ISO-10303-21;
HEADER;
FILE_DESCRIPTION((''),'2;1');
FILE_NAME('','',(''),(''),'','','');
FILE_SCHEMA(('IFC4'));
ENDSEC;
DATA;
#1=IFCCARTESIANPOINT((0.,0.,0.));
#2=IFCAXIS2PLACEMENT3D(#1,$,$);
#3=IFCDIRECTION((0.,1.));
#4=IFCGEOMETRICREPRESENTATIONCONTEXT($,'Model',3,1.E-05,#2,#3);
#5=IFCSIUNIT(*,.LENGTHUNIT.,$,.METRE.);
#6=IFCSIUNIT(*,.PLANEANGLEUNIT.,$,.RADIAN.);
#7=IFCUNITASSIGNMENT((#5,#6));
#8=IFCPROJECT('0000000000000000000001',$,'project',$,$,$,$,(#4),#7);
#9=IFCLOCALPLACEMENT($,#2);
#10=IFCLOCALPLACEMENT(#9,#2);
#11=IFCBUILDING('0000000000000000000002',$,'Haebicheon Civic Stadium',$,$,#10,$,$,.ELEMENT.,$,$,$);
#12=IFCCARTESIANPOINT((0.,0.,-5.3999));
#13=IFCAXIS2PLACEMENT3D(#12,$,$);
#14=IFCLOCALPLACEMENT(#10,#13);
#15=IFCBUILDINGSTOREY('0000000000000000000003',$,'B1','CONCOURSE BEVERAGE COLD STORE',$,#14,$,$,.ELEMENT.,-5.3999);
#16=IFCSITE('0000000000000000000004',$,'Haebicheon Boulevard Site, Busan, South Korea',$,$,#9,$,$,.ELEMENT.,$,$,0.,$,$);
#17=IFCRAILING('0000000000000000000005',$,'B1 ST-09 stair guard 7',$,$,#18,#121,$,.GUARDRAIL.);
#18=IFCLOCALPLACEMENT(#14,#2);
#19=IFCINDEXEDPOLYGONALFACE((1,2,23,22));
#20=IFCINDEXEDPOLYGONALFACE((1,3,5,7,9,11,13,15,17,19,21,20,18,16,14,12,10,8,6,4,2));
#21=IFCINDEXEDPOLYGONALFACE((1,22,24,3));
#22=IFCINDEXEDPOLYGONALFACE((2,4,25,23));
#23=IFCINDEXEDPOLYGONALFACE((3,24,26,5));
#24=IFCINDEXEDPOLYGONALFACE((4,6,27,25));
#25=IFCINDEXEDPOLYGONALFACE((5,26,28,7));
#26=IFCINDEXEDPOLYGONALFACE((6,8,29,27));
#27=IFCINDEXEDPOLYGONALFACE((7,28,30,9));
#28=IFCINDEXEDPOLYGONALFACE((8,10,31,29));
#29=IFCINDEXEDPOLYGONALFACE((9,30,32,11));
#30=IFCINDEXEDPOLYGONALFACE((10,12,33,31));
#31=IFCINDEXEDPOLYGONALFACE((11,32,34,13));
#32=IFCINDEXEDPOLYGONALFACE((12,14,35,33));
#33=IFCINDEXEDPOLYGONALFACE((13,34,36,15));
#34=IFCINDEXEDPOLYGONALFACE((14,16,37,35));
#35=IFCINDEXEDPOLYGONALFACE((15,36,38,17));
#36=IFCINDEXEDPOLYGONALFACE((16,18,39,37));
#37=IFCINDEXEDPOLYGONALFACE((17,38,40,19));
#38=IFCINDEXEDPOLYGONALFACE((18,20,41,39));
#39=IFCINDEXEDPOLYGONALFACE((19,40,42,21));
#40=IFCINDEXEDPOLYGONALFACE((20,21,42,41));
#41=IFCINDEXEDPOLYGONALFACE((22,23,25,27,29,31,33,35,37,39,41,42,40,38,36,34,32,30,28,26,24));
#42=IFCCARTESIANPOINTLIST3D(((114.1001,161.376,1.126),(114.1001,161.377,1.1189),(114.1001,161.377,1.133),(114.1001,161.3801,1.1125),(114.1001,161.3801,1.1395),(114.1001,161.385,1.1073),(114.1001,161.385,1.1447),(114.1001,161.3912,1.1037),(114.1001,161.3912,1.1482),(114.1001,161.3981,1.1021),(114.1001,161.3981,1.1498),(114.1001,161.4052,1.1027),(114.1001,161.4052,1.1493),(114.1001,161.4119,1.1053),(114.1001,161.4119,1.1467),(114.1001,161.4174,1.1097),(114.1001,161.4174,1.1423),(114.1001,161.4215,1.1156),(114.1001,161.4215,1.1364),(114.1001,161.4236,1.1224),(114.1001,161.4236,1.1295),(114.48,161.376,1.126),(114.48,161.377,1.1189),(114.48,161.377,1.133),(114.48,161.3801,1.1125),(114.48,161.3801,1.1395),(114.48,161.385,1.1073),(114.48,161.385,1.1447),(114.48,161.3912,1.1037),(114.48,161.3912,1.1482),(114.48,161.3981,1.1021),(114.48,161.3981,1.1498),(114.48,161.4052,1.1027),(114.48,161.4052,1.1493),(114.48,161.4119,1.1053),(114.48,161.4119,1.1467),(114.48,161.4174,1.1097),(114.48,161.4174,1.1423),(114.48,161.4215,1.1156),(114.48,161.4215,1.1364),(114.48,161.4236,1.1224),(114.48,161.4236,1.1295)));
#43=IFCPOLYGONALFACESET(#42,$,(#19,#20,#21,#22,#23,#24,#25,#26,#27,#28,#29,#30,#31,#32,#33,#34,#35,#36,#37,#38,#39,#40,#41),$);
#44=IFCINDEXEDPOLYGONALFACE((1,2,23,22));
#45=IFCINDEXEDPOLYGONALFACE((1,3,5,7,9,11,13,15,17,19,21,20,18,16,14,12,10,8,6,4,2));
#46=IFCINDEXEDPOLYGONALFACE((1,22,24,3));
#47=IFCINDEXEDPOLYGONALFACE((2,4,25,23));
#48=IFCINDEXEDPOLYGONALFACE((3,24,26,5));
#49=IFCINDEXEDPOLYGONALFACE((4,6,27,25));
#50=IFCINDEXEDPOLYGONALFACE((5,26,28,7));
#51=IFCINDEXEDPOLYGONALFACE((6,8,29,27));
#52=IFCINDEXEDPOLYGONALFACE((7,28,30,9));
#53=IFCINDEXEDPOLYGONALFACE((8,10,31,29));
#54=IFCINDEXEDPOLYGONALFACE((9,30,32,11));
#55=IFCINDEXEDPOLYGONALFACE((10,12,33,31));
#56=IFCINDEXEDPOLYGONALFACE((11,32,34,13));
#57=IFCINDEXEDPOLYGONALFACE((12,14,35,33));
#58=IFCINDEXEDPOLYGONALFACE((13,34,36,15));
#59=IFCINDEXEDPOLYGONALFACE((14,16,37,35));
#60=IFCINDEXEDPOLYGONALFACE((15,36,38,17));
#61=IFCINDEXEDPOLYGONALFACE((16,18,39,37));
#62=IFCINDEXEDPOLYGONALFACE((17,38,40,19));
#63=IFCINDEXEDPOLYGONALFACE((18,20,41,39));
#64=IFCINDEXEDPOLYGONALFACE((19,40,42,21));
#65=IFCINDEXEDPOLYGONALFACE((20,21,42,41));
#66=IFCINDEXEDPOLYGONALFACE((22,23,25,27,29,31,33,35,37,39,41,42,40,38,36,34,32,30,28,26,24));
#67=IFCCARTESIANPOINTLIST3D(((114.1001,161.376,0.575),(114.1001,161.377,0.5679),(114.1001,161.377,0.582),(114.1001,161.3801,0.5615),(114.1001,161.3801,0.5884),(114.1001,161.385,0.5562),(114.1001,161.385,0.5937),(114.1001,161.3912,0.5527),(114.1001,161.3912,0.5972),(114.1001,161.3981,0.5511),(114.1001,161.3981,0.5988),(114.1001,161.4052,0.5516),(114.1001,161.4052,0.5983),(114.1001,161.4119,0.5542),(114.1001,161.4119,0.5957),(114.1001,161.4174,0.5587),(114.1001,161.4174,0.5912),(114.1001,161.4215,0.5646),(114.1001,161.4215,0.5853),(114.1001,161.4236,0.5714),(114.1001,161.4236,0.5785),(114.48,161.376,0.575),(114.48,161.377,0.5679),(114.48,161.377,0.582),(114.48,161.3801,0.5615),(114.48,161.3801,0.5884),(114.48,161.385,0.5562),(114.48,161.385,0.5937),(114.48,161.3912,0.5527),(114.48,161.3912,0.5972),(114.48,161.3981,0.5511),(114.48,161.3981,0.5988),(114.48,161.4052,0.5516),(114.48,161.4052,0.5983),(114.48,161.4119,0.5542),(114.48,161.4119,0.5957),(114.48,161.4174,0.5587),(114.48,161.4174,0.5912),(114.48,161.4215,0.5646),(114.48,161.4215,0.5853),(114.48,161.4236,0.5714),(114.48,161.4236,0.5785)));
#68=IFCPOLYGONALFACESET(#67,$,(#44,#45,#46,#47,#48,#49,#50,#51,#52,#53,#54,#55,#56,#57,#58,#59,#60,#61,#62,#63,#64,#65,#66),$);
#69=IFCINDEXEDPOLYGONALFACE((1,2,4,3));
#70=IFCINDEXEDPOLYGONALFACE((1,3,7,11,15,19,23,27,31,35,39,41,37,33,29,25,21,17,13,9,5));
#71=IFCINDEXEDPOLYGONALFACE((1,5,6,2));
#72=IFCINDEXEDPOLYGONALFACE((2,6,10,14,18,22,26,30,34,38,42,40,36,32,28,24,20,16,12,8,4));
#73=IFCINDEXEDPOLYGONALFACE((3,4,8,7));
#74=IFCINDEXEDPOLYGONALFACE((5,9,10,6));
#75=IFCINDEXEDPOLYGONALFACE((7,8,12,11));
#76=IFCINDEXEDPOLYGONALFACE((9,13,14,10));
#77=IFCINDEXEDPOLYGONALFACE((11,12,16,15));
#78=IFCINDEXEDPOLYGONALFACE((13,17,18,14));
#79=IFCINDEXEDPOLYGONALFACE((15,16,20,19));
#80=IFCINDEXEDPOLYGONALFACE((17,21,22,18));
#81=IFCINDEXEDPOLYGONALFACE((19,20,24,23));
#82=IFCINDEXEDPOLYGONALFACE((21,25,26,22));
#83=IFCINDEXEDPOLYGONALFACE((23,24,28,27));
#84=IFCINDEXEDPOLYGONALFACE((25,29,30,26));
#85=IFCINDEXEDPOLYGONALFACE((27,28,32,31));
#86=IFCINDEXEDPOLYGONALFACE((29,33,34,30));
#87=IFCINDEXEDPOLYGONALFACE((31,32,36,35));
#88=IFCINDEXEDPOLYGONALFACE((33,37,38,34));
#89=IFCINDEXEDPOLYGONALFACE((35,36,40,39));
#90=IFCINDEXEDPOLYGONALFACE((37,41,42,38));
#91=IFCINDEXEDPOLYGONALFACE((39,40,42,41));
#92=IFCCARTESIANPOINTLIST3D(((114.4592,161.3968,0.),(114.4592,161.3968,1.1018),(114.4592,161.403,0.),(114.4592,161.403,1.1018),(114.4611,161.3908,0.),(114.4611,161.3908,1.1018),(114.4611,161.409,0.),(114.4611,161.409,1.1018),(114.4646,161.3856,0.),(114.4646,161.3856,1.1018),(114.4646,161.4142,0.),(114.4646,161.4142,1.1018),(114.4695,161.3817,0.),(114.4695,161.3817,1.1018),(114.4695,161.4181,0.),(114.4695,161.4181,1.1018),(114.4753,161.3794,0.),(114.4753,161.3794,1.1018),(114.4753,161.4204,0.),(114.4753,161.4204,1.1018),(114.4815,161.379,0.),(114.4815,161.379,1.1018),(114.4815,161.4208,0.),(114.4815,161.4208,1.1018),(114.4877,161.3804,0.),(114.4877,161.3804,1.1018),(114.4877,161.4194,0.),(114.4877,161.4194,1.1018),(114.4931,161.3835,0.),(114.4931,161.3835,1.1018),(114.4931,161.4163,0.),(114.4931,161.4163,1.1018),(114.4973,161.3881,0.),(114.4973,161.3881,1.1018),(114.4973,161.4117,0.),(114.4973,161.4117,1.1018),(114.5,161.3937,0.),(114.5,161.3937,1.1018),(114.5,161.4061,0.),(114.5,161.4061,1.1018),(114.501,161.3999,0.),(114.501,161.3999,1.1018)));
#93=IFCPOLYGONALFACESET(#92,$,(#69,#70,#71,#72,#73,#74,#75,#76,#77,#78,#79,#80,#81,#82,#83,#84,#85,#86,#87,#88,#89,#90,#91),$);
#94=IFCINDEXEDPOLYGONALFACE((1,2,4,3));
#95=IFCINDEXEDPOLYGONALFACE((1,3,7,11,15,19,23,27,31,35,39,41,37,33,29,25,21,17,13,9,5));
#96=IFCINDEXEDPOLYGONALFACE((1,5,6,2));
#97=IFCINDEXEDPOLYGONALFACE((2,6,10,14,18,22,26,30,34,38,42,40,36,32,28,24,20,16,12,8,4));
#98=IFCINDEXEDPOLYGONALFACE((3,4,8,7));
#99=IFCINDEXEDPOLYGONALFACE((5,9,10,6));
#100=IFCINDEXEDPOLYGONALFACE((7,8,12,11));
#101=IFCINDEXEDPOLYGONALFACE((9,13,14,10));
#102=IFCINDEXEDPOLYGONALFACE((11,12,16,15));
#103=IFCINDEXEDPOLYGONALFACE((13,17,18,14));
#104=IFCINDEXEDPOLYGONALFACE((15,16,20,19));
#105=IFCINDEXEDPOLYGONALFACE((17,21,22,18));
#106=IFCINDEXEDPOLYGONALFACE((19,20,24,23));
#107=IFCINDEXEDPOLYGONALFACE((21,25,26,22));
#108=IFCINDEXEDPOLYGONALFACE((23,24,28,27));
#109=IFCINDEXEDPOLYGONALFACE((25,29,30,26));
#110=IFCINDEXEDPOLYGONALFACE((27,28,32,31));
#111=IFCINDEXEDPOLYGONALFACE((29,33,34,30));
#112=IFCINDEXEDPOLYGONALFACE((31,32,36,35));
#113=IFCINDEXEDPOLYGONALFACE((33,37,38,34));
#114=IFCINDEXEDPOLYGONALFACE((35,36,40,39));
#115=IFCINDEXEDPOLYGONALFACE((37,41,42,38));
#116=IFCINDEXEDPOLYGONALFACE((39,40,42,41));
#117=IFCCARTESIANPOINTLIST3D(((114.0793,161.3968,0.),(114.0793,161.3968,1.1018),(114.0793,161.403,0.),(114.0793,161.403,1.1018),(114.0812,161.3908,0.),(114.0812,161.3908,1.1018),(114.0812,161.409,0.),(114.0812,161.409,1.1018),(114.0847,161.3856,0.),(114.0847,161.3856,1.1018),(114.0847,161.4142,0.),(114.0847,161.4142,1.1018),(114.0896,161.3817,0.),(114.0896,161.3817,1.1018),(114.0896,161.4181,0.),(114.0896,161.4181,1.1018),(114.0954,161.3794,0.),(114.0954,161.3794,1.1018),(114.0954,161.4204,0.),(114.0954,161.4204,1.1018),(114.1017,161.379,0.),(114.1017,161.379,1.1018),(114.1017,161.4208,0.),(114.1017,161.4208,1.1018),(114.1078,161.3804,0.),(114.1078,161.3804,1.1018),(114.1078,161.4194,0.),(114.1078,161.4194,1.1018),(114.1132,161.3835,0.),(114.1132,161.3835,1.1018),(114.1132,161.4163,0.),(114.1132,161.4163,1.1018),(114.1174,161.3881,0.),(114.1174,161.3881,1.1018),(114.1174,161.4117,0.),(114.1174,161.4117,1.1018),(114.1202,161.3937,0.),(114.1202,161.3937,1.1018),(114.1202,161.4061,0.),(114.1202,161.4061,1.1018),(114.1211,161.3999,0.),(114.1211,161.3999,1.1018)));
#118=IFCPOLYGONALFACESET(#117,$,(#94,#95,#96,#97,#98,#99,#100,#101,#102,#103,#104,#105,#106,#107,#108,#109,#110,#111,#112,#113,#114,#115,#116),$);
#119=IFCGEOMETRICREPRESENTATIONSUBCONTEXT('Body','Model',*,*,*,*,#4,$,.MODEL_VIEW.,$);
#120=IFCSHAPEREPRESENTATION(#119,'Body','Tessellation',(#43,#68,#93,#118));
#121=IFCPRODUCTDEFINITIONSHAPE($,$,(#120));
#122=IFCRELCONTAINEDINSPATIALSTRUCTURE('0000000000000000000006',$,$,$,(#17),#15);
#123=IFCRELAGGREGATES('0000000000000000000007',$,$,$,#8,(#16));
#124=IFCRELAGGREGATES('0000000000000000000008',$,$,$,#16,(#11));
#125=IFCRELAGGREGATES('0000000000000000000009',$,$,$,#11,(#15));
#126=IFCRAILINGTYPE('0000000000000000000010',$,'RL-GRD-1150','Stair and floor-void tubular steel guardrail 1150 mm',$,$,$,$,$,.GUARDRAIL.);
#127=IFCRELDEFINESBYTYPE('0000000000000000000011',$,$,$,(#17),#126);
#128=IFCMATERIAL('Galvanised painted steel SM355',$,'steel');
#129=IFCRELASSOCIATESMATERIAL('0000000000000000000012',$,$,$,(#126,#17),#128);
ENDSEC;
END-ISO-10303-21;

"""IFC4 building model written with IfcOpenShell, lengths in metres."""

from ifc_helpers import new_model, si_unit, direction, frame, origin, origin_2d, place, context, subcontext, project, spatial, circle, extrude, material, type_object, element, save


model = new_model("IFC4")

# Units and contexts
model_context = context("Model", 3, precision=1e-05, world=origin(), true_north=direction((0.0, 1.0)))
body_context = subcontext(model_context, "Body", "Model", "MODEL_VIEW")
ifc_project = project(units=[si_unit("LENGTHUNIT", "METRE"), si_unit("PLANEANGLEUNIT", "RADIAN")], contexts=[model_context])

# Site, building, storey
site_placement = place(None, origin())
site = spatial("IfcSite", under=ifc_project, at=site_placement, Name="Haebicheon Boulevard Site, Busan, South Korea", CompositionType="ELEMENT", RefElevation=0.0)
building_placement = place(site_placement, origin())
building = spatial("IfcBuilding", under=site, at=building_placement, Name="Haebicheon Civic Stadium", CompositionType="ELEMENT")
storey_placement = place(building_placement, frame((0.0, 0.0, -5.3999)))
storey = spatial("IfcBuildingStorey", under=building, at=storey_placement, Name="B1", Description="CONCOURSE BEVERAGE COLD STORE", CompositionType="ELEMENT", Elevation=-5.3999)

# Railing
ifc_material_1 = material(Name="Galvanised painted steel SM355", Category="steel")
railing_type_1 = type_object("IfcRailingType", Name="RL-GRD-1150", Description="Stair and floor-void tubular steel guardrail 1150 mm", PredefinedType="GUARDRAIL", material=ifc_material_1)
railing_1_placement = place(storey_placement, frame((114.48, 161.3999, 0.0)))
element("IfcRailing", 1, at=railing_1_placement, inside=storey, type_object=railing_type_1, material=ifc_material_1, Name="B1 ST-09 stair guard 7", PredefinedType="GUARDRAIL", context=body_context, shape_type="SweptSolid", body=[
    extrude(circle(Radius=0.0239, at=origin_2d()), frame((0.0, 0.0, 1.126), z_axis=(-1.0, 0.0, 0.0), x_axis=(0.0, -1.0, 0.0)), (0.0, 0.0, 1.0), 0.3799),
    extrude(circle(Radius=0.0239, at=origin_2d()), frame((0.0, 0.0, 0.575), z_axis=(-1.0, 0.0, 0.0), x_axis=(0.0, -1.0, 0.0)), (0.0, 0.0, 1.0), 0.3799),
    extrude(circle(Radius=0.021, at=origin_2d()), origin(), (0.0, 0.0, 1.0), 1.1018),
    extrude(circle(Radius=0.021, at=origin_2d()), frame((-0.3799, 0.0, 0.0)), (0.0, 0.0, 1.0), 1.1018),
])

save(model, "model.ifc")
